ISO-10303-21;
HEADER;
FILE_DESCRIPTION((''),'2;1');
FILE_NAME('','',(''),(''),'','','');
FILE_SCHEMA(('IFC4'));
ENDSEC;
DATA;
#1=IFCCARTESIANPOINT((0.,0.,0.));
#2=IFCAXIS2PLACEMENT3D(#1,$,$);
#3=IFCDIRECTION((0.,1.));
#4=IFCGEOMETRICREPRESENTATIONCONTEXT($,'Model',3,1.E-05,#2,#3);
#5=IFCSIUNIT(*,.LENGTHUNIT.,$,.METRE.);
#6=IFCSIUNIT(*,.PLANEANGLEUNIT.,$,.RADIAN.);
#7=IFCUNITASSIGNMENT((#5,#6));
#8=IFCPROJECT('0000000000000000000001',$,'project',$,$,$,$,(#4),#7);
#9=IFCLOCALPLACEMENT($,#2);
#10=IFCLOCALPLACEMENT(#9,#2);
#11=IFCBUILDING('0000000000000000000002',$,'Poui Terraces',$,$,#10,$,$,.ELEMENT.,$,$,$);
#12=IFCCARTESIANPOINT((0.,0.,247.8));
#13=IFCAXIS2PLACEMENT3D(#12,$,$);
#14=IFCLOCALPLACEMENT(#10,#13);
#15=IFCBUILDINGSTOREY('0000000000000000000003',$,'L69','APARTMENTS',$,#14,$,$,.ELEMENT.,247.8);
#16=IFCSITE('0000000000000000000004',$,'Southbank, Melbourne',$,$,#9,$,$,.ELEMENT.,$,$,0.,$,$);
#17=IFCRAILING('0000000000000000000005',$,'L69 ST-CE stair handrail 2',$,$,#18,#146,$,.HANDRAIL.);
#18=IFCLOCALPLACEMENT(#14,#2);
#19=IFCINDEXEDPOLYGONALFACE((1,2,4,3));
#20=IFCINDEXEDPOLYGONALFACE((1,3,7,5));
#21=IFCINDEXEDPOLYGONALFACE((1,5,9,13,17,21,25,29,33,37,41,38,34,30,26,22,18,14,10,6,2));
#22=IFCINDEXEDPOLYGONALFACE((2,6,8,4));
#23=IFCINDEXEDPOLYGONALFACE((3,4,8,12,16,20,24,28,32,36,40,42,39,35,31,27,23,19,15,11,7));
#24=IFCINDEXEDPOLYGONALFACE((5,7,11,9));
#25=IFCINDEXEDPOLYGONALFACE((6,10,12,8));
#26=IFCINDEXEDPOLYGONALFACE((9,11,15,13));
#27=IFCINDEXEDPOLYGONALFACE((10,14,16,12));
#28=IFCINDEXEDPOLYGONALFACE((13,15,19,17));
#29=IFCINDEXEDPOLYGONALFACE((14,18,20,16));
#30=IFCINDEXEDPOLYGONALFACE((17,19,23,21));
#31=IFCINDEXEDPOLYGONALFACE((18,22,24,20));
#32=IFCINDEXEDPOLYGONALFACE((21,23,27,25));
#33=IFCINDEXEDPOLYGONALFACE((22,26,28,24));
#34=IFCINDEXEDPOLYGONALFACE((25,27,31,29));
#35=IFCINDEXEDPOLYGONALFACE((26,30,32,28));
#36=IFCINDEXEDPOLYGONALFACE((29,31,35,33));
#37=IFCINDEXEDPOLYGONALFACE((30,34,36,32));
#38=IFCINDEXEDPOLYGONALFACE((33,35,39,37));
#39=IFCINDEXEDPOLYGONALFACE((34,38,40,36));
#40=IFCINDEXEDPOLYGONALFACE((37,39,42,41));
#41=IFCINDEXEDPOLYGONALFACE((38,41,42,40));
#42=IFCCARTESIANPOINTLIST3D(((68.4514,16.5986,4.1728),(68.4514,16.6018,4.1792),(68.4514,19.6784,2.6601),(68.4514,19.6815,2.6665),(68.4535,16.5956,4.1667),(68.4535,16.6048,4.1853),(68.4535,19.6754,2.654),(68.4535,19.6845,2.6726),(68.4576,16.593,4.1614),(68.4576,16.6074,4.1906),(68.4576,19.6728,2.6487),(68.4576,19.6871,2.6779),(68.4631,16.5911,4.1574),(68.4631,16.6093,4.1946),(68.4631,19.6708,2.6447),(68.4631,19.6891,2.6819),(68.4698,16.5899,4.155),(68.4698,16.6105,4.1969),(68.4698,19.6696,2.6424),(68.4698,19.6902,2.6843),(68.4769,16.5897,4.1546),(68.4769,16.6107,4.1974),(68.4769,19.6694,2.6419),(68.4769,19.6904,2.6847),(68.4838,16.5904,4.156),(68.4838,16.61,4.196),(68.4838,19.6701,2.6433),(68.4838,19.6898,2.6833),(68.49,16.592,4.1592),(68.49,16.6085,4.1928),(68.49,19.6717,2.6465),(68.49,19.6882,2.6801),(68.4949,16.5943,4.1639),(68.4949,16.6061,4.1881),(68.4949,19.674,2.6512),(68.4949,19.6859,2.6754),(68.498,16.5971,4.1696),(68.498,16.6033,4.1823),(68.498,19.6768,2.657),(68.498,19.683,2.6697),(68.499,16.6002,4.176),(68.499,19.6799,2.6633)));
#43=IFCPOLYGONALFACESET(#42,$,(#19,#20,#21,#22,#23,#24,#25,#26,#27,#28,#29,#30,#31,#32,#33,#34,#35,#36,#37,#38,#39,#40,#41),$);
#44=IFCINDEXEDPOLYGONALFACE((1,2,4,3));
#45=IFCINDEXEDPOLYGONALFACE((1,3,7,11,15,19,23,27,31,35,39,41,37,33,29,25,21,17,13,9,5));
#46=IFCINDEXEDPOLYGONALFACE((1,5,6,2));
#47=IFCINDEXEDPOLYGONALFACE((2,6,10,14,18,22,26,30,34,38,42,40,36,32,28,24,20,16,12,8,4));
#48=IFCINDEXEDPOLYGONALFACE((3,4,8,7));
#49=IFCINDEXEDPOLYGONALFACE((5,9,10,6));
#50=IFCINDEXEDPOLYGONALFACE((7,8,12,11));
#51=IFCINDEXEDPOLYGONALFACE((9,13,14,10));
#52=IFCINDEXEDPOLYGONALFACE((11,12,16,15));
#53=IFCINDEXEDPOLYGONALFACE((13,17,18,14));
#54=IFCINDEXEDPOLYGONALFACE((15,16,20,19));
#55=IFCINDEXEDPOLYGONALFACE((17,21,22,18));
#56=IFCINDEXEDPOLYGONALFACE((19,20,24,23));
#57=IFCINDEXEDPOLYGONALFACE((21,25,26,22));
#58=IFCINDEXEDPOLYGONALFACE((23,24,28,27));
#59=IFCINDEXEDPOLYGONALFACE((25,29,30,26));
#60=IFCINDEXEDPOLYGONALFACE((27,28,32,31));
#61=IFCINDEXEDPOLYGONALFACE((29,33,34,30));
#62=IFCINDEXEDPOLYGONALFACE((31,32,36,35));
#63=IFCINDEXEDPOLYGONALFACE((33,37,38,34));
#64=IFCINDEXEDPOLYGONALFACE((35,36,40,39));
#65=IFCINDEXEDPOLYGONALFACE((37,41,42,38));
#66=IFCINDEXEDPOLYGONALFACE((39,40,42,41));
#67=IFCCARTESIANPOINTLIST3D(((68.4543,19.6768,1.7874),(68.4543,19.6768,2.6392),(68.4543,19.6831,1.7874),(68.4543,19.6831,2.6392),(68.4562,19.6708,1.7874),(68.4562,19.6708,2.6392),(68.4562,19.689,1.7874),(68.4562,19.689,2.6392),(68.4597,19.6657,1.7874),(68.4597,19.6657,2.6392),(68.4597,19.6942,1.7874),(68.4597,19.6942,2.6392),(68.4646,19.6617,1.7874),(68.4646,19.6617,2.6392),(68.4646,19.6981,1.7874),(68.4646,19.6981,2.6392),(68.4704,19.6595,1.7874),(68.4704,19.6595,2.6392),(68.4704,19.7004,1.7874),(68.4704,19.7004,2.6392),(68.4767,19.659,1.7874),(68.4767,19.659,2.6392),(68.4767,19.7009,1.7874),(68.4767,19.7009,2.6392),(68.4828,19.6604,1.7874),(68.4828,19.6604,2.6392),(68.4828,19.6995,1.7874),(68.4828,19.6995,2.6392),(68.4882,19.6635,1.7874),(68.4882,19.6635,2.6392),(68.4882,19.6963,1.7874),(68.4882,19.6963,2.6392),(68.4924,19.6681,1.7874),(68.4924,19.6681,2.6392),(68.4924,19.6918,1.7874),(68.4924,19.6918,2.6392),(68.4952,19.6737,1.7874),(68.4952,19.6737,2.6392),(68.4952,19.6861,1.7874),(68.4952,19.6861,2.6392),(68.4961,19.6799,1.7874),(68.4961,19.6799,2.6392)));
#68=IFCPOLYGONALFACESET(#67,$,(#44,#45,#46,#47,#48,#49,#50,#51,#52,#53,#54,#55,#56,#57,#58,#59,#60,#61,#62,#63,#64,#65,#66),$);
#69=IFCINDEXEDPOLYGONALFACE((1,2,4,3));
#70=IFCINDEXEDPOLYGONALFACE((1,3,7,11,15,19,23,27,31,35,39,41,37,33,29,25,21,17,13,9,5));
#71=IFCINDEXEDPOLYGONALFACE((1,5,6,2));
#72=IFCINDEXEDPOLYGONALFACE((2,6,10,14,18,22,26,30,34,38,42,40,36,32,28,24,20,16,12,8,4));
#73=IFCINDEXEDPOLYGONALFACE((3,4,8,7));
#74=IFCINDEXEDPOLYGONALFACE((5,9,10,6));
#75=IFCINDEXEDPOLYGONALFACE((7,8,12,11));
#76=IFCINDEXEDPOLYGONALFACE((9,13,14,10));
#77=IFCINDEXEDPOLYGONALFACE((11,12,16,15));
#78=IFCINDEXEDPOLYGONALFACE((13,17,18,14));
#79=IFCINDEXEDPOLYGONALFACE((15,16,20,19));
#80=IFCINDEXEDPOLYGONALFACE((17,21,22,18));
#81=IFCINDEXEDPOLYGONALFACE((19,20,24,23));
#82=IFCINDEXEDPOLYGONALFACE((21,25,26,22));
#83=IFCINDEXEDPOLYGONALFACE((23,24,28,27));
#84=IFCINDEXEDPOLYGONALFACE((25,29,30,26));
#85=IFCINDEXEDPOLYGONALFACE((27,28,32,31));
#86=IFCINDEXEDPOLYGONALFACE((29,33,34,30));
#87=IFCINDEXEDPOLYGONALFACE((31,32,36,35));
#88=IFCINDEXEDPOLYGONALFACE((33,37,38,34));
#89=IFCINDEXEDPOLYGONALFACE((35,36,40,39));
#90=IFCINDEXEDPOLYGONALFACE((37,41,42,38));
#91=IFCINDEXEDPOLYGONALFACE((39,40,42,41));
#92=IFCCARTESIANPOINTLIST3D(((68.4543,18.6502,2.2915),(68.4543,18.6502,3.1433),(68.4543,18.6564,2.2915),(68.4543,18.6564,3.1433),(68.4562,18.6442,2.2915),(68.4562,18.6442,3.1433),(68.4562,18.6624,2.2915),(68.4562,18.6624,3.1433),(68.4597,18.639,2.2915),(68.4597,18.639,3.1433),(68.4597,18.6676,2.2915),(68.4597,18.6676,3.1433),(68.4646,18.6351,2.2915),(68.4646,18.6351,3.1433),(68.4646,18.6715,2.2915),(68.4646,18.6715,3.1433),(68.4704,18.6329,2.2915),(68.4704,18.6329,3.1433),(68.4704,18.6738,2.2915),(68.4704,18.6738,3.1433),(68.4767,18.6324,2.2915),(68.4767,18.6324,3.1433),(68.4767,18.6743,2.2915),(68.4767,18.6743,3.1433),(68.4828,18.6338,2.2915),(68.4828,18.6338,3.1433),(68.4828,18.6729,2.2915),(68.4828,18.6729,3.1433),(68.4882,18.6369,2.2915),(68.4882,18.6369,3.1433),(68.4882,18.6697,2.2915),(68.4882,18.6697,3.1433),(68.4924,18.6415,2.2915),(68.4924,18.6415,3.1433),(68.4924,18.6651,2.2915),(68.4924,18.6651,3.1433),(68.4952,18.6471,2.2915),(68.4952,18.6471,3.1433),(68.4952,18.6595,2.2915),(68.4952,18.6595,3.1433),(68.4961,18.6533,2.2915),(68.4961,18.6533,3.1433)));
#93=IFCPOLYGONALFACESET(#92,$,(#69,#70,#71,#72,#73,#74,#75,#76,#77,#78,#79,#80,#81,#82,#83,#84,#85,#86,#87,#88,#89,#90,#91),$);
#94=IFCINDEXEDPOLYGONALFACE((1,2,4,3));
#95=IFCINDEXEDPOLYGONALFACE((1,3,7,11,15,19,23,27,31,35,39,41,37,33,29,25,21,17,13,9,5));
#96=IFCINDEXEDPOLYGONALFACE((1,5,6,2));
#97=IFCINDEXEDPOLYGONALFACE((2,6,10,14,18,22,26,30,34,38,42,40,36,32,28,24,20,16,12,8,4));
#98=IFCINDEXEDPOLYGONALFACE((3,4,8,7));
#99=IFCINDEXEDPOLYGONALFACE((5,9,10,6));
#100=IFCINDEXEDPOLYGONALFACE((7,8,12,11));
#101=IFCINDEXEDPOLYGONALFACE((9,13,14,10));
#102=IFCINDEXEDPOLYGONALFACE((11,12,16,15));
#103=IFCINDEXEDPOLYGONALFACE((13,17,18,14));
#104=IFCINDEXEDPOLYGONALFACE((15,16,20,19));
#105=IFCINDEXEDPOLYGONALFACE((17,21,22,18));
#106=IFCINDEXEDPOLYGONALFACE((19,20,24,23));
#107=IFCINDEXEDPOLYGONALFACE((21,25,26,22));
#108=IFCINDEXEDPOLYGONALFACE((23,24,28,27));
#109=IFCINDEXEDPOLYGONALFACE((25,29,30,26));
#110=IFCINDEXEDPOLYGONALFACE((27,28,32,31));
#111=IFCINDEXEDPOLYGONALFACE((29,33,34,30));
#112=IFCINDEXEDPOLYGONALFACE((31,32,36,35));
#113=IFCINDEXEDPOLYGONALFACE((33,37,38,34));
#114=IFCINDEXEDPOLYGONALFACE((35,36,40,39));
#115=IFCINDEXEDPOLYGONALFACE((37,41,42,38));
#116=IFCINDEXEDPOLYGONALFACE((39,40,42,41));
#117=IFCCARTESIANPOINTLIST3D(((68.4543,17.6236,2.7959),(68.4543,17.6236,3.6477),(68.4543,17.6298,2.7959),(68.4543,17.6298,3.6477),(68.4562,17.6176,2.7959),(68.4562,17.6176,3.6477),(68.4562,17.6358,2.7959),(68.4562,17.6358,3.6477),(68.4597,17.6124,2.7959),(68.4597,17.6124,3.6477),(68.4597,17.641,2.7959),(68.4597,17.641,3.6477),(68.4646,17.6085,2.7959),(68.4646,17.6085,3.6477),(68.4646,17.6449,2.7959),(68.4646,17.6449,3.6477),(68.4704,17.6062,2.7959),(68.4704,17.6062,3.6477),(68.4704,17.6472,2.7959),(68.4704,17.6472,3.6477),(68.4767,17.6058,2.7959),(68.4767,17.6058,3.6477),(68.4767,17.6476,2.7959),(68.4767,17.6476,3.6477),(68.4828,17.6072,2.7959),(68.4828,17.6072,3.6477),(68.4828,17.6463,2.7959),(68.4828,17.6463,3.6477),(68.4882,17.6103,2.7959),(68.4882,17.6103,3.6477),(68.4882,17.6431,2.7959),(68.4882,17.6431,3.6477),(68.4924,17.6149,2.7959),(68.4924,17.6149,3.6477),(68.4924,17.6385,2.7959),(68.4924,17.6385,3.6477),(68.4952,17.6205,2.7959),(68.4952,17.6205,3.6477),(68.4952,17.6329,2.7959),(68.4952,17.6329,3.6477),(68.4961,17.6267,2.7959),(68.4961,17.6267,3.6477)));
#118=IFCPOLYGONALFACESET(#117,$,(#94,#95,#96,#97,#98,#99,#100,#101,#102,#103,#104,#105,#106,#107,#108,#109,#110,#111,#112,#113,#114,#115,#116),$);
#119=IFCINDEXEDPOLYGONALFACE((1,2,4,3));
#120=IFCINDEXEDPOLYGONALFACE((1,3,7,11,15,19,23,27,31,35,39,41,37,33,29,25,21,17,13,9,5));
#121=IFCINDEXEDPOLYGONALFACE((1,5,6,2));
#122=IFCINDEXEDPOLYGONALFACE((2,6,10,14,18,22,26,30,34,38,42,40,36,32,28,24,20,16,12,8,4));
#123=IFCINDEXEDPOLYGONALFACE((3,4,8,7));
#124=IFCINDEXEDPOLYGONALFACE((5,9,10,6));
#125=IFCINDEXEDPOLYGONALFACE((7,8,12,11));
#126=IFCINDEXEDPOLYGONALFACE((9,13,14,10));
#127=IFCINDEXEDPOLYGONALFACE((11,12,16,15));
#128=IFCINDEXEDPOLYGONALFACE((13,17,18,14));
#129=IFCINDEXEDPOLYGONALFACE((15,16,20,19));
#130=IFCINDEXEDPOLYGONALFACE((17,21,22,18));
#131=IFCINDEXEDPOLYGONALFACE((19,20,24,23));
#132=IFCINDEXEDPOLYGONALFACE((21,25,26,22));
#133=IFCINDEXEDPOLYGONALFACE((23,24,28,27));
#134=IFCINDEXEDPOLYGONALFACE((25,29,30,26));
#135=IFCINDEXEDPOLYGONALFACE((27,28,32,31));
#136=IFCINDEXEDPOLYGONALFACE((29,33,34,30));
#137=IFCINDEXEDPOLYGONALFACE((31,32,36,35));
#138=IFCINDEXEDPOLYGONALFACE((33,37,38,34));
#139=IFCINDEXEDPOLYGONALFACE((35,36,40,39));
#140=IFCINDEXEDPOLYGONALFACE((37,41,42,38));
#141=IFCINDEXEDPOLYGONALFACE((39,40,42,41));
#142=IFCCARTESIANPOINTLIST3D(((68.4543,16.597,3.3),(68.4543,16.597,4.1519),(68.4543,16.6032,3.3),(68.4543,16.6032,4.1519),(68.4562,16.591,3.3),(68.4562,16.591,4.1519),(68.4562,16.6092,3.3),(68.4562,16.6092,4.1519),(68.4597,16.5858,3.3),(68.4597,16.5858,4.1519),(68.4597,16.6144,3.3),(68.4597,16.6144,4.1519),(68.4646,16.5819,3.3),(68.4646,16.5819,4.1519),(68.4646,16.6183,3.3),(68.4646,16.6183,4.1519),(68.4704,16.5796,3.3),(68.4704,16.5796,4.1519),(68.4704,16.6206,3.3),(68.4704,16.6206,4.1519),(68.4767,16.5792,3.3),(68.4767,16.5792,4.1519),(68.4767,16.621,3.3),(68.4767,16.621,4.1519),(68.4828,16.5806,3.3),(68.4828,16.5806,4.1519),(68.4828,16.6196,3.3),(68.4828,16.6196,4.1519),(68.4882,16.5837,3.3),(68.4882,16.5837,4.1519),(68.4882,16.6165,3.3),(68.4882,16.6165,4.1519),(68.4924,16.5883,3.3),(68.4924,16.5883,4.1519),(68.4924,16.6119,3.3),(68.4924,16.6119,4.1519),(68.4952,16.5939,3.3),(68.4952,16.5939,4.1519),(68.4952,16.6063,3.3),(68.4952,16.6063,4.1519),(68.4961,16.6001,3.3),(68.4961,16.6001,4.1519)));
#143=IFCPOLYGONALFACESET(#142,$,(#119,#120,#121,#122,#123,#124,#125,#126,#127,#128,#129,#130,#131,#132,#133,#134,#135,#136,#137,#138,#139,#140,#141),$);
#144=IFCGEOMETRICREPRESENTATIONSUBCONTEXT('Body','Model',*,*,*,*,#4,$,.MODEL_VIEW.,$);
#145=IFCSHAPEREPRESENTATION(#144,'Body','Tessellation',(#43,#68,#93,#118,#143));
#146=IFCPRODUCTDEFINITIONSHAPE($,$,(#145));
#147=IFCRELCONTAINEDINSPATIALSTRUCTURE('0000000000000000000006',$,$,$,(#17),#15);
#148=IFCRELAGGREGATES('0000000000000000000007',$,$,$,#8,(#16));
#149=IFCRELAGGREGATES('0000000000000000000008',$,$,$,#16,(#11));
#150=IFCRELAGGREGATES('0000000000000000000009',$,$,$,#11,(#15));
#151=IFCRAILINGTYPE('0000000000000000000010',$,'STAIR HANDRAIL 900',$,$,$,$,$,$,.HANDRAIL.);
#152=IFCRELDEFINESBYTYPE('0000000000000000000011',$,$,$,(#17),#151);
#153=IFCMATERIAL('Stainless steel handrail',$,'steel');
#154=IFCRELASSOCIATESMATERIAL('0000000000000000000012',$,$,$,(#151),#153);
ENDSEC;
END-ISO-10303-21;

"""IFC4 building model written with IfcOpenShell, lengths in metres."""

from ifc_helpers import new_model, si_unit, direction, frame, origin, origin_2d, place, context, subcontext, project, spatial, circle, extrude, material, type_object, element, save


model = new_model("IFC4")

# Units and contexts
model_context = context("Model", 3, precision=1e-05, world=origin(), true_north=direction((0.0, 1.0)))
body_context = subcontext(model_context, "Body", "Model", "MODEL_VIEW")
ifc_project = project(units=[si_unit("LENGTHUNIT", "METRE"), si_unit("PLANEANGLEUNIT", "RADIAN")], contexts=[model_context])

# Site, building, storey
site_placement = place(None, origin())
site = spatial("IfcSite", under=ifc_project, at=site_placement, Name="Southbank, Melbourne", CompositionType="ELEMENT", RefElevation=0.0)
building_placement = place(site_placement, origin())
building = spatial("IfcBuilding", under=site, at=building_placement, Name="Poui Terraces", CompositionType="ELEMENT")
storey_placement = place(building_placement, frame((0.0, 0.0, 247.8)))
storey = spatial("IfcBuildingStorey", under=building, at=storey_placement, Name="L69", Description="APARTMENTS", CompositionType="ELEMENT", Elevation=247.8)

# Railing
ifc_material_1 = material(Name="Stainless steel handrail", Category="steel")
railing_type_1 = type_object("IfcRailingType", Name="STAIR HANDRAIL 900", PredefinedType="HANDRAIL", material=ifc_material_1)
railing_1_placement = place(storey_placement, frame((68.4751, 19.6799, 1.7874)))
element("IfcRailing", 1, at=railing_1_placement, inside=storey, type_object=railing_type_1, Name="L69 ST-CE stair handrail 2", PredefinedType="HANDRAIL", context=body_context, shape_type="SweptSolid", body=[
    extrude(circle(Radius=0.0239, at=origin_2d()), frame((0.0, 0.0, 0.876), z_axis=(0.0, -0.897578, 0.440856), x_axis=(1.0, 0.0, 0.0)), (0.0, 0.0, 1.0), 3.4312),
    extrude(circle(Radius=0.021, at=origin_2d()), origin(), (0.0, 0.0, 1.0), 0.8518),
    extrude(circle(Radius=0.021, at=origin_2d()), frame((0.0, -1.0266, 0.5042)), (0.0, 0.0, 1.0), 0.8518),
    extrude(circle(Radius=0.021, at=origin_2d()), frame((0.0, -2.0532, 1.0085)), (0.0, 0.0, 1.0), 0.8518),
    extrude(circle(Radius=0.021, at=origin_2d()), frame((0.0, -3.0798, 1.5127)), (0.0, 0.0, 1.0), 0.8518),
])

save(model, "model.ifc")
